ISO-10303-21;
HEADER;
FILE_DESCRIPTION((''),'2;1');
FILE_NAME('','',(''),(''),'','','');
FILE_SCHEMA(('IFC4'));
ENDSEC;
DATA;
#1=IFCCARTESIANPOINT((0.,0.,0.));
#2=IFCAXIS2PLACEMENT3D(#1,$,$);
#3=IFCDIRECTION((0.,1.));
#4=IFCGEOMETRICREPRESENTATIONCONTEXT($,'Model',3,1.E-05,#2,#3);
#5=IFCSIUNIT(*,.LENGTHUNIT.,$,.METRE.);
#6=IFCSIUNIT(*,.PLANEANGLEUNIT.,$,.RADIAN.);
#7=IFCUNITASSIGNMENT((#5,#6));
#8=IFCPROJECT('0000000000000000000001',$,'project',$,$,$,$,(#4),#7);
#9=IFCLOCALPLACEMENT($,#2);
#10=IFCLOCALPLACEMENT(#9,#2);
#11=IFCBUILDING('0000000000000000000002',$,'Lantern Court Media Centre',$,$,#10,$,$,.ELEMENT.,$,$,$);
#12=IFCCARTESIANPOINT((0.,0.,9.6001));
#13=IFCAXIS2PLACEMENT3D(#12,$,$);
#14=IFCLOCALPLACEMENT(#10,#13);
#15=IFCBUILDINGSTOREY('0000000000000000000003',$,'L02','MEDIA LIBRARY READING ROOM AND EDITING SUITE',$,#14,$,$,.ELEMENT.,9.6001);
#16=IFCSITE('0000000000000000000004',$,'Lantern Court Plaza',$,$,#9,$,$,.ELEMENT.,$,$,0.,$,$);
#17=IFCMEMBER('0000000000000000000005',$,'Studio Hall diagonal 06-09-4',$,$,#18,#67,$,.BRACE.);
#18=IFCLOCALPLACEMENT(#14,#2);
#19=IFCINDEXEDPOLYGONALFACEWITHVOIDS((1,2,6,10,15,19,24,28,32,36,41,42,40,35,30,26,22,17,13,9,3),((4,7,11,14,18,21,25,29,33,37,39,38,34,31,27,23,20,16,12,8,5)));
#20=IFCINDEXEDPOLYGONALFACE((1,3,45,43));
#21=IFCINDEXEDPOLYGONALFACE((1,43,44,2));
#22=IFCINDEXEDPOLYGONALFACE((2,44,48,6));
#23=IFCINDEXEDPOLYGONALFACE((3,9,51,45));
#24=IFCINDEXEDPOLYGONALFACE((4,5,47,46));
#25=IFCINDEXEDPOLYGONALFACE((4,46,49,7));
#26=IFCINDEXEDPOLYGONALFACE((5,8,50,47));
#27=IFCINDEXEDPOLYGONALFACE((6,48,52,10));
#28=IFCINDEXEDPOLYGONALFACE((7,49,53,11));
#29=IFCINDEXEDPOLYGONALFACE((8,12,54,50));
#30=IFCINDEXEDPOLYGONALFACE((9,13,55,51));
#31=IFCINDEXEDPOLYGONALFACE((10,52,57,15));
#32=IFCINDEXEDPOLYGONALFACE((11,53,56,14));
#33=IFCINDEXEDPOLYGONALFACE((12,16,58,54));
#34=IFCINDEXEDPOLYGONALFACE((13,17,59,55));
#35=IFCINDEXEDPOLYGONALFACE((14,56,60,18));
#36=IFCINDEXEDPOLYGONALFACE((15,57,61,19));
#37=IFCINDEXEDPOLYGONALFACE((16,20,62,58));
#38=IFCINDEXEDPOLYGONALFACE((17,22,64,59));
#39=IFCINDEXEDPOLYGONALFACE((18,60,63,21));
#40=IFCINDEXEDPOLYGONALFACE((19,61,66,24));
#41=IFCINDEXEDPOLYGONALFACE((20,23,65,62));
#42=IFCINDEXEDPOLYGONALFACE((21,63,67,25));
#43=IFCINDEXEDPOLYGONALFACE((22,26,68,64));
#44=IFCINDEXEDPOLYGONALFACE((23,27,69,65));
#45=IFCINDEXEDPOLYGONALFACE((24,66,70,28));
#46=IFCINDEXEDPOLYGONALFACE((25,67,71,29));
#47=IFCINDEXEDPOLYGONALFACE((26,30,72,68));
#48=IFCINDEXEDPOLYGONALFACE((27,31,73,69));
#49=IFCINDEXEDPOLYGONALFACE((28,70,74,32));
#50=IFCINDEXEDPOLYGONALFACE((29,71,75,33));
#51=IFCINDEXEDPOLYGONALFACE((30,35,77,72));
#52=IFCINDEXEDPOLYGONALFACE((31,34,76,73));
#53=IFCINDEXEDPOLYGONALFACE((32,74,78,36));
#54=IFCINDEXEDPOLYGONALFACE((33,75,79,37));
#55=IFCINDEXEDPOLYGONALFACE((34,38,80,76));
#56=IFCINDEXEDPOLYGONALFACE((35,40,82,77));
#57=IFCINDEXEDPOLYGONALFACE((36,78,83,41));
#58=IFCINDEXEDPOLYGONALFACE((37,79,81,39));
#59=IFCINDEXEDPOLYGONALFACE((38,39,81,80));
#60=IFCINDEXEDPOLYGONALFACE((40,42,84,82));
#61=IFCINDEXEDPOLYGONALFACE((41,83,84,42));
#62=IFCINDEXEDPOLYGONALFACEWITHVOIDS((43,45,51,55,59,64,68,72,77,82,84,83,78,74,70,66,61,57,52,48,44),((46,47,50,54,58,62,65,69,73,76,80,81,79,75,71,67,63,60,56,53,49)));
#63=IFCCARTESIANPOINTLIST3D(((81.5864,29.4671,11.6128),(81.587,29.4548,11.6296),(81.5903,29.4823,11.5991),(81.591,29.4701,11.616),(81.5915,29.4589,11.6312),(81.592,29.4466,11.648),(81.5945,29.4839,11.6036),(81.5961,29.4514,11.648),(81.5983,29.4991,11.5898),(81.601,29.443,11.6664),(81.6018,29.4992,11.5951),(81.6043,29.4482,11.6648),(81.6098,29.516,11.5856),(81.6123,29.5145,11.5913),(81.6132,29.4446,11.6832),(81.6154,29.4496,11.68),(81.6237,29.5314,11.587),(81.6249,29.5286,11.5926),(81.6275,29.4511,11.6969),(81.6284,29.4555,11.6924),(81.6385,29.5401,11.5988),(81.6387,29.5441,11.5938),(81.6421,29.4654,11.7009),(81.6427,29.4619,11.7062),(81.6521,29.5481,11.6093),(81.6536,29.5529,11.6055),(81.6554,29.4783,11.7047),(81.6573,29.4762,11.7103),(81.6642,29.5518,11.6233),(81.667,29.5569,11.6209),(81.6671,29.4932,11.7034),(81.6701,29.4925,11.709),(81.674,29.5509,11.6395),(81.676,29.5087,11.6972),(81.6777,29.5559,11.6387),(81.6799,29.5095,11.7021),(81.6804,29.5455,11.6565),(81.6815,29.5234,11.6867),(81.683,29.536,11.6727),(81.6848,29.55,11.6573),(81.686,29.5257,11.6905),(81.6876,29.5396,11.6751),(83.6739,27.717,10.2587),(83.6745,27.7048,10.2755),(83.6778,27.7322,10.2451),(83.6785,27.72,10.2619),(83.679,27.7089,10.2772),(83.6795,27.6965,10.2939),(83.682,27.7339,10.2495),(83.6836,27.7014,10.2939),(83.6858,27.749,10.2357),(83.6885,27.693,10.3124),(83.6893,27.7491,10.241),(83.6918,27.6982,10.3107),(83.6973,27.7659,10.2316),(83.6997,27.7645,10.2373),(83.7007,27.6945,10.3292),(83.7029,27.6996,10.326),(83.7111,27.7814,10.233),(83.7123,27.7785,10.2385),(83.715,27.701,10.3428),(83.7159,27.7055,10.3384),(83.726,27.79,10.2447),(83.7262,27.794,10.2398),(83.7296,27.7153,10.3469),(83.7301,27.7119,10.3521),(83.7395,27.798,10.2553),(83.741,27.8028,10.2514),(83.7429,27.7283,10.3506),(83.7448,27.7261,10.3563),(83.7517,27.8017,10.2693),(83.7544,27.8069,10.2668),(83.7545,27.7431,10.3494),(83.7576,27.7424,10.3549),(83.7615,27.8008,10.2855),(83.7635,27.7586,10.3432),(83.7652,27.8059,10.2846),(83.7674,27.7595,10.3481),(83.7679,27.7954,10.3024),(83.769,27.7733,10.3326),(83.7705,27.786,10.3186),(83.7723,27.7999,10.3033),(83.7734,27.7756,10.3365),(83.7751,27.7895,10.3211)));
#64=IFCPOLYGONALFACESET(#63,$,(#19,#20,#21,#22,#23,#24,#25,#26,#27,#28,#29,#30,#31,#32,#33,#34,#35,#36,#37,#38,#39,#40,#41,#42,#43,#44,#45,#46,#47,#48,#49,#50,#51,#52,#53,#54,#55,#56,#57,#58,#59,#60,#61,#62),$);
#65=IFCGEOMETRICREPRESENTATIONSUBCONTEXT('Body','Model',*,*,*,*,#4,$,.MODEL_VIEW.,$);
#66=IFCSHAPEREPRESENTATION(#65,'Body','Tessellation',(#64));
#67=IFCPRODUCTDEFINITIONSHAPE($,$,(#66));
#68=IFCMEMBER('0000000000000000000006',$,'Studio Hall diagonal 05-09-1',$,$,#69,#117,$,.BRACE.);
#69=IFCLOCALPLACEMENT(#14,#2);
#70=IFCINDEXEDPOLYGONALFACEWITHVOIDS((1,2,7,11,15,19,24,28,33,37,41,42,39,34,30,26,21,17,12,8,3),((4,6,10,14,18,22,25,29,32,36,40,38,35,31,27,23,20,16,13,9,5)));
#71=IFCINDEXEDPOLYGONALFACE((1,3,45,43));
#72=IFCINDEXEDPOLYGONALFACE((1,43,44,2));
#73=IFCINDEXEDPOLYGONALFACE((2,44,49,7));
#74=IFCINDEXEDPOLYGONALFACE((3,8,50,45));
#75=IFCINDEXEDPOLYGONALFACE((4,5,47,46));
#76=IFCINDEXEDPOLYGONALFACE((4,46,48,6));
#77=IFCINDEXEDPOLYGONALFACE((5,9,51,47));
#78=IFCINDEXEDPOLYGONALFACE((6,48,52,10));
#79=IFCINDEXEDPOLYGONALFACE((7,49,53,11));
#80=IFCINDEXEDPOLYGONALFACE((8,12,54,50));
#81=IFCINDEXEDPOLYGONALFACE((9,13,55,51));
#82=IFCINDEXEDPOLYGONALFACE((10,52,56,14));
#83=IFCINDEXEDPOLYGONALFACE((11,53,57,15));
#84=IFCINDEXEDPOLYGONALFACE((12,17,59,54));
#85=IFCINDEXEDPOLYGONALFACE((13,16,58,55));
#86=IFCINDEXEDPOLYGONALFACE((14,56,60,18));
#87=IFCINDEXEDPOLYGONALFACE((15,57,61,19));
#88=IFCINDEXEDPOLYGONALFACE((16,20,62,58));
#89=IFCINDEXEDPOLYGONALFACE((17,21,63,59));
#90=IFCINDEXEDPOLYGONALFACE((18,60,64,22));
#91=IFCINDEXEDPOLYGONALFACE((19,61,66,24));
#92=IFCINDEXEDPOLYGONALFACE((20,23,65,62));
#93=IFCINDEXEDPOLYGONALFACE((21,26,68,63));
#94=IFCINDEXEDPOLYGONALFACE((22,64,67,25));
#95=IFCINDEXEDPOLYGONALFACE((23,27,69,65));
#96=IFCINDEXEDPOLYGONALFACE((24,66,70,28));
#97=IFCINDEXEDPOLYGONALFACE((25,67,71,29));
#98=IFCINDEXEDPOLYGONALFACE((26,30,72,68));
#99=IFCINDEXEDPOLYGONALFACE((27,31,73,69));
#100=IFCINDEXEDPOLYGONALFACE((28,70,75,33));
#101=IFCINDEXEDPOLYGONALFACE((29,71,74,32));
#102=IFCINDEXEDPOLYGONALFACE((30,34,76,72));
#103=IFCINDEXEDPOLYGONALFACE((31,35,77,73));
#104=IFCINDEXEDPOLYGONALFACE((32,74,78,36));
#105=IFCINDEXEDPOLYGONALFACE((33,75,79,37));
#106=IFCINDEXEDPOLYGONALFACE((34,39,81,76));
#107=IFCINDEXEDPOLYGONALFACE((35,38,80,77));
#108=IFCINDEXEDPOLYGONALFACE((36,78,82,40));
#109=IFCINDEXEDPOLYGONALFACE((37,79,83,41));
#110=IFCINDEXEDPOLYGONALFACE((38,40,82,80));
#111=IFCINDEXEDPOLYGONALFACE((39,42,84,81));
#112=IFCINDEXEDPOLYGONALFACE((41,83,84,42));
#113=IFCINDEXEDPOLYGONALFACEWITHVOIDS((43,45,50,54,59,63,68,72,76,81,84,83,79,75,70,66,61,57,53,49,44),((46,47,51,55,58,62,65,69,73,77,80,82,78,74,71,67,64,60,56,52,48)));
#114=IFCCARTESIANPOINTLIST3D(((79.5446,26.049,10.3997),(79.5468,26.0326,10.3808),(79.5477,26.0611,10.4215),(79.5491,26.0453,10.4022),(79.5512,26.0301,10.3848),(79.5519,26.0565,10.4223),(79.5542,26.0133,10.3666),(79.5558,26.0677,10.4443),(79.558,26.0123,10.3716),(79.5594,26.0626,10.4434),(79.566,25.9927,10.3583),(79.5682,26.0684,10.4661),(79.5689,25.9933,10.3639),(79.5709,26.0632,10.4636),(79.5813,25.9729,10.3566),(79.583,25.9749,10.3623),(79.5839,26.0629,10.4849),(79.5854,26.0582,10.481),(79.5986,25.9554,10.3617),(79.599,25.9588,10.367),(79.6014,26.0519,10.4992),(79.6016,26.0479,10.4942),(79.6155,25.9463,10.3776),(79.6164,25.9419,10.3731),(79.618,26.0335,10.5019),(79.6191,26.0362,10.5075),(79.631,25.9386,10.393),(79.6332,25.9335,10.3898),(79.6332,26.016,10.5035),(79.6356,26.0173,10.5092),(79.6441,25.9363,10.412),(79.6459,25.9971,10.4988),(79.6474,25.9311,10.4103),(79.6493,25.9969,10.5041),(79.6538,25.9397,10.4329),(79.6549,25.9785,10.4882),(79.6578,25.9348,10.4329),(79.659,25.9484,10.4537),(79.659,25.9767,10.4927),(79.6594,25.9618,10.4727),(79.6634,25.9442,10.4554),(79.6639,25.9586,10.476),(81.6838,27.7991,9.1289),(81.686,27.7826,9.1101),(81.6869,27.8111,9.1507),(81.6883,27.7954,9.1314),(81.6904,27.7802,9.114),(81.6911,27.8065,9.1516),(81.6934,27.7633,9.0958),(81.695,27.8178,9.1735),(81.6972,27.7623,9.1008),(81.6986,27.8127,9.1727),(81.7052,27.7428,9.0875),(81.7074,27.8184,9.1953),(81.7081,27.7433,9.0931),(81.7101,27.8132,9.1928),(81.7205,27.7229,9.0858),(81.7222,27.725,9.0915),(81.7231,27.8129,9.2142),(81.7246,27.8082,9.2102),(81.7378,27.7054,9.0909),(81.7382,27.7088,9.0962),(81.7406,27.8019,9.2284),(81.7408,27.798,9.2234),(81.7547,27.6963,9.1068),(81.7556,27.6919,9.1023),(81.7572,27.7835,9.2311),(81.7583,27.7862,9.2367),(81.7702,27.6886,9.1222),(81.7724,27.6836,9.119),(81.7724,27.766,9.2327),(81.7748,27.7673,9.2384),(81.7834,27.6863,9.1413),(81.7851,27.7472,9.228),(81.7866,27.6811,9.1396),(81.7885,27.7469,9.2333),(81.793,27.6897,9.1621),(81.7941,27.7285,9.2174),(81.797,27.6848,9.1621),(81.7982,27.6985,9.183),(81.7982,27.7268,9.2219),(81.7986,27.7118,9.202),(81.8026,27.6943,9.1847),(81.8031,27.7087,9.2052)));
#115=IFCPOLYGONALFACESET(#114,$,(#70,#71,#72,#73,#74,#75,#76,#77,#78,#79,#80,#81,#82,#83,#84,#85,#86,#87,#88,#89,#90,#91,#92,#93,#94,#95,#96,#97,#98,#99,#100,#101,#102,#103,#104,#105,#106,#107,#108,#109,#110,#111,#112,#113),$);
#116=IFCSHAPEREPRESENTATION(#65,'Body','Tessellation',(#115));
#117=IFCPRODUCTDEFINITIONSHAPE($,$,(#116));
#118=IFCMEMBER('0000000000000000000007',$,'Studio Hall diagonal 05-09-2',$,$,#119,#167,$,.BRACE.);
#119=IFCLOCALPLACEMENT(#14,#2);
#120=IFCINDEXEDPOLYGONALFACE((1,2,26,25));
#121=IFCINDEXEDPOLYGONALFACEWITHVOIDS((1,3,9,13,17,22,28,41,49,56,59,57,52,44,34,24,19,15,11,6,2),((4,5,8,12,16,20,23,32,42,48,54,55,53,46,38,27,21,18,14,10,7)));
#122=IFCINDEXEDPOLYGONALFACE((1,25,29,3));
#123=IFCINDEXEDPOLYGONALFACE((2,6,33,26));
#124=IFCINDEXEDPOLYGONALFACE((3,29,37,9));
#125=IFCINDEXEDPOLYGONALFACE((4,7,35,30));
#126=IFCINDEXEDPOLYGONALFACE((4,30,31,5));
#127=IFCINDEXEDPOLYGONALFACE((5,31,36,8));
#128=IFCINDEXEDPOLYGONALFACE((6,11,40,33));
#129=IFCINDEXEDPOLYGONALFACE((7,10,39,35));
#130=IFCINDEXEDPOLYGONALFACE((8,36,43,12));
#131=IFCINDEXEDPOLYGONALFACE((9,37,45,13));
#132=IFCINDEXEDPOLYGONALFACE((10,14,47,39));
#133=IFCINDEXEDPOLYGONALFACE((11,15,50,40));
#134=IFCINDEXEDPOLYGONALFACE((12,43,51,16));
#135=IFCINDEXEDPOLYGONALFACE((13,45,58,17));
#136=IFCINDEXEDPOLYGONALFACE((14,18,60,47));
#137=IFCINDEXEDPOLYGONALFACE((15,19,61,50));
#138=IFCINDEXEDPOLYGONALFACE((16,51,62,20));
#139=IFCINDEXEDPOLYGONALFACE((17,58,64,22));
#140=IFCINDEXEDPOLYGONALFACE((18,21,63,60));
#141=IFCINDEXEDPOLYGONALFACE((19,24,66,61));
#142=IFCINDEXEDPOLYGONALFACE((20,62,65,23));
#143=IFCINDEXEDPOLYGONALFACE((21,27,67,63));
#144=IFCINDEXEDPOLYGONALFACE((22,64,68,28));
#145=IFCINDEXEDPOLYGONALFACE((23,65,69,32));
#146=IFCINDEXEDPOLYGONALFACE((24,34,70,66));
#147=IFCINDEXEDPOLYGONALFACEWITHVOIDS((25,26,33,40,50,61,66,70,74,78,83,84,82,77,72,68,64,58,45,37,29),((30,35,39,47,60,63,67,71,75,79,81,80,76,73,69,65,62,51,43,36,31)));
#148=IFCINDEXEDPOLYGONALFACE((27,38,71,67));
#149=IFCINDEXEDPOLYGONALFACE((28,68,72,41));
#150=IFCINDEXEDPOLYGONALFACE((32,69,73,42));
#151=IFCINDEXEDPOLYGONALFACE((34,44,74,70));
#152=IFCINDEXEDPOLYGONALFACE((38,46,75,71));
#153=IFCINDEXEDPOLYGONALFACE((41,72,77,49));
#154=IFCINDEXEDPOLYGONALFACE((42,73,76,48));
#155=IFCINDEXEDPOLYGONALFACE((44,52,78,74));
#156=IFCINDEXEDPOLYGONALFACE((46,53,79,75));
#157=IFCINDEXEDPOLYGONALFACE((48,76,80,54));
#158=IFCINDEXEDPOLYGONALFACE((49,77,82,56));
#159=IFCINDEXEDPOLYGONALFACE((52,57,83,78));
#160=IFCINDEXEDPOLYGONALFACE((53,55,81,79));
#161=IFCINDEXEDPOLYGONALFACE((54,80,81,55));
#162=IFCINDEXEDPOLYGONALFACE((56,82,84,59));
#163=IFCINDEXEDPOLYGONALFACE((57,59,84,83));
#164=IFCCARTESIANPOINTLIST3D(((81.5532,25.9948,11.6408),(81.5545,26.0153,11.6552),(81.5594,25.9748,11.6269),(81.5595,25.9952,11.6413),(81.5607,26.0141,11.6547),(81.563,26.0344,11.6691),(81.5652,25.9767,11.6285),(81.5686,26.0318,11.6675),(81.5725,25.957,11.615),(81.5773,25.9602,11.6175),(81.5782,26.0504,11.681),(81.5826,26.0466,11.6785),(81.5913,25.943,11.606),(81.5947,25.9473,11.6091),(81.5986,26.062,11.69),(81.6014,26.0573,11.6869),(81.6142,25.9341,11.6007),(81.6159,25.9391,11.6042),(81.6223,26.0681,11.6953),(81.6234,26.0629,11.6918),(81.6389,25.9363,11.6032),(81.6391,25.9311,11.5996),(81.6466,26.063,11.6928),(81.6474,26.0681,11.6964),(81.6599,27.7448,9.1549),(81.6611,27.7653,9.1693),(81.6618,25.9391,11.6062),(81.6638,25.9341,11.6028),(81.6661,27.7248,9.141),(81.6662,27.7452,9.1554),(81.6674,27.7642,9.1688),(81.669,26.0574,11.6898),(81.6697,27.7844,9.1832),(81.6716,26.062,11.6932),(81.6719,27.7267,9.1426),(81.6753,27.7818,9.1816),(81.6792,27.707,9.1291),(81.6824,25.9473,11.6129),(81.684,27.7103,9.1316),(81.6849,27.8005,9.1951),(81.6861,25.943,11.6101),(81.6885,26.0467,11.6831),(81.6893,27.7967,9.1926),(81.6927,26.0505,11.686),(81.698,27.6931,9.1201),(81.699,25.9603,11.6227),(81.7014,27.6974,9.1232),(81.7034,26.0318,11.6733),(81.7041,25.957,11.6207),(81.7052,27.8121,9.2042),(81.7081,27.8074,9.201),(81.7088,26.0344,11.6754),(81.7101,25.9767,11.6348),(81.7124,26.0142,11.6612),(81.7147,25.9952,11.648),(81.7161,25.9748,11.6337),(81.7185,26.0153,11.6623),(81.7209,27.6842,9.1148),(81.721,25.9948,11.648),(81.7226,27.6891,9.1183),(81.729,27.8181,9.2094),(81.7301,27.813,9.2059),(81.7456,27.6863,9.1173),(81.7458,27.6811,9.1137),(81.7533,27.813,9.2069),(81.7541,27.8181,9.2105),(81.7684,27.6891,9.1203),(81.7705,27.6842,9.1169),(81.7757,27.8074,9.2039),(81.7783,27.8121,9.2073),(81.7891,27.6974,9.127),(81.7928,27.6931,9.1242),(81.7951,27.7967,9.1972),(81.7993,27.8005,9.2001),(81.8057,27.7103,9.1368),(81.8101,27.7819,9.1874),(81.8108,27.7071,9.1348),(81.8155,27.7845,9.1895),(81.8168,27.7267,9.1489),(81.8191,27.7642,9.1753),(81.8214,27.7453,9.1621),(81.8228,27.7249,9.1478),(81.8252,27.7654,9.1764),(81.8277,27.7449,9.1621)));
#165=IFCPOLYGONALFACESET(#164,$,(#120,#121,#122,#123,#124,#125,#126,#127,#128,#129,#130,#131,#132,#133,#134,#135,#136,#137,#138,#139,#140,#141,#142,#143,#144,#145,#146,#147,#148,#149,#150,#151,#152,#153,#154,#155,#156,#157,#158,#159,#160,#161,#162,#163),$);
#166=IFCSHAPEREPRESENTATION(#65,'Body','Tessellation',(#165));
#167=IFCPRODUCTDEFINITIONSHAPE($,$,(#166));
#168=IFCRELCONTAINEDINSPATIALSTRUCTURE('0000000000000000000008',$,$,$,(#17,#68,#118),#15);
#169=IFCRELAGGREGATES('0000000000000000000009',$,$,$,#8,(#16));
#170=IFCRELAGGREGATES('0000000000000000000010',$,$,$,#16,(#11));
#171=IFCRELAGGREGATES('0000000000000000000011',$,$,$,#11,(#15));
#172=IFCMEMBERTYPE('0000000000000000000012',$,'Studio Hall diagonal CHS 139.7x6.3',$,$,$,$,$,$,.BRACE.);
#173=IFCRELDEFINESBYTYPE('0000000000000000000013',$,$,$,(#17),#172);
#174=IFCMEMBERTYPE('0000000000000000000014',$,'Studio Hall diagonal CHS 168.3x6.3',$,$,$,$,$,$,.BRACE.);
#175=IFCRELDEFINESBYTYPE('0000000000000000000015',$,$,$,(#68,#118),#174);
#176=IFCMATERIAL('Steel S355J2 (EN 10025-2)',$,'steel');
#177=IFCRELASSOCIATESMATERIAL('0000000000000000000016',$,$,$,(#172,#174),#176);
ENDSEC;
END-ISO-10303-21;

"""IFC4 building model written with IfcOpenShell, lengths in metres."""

from ifc_helpers import new_model, si_unit, direction, frame, origin, origin_2d, place, context, subcontext, project, spatial, hollow_circle, extrude, material, material_profile, profile_set, type_object, element, save


model = new_model("IFC4")

# Units and contexts
model_context = context("Model", 3, precision=1e-05, world=origin(), true_north=direction((0.0, 1.0)))
body_context = subcontext(model_context, "Body", "Model", "MODEL_VIEW")
ifc_project = project(units=[si_unit("LENGTHUNIT", "METRE"), si_unit("PLANEANGLEUNIT", "RADIAN")], contexts=[model_context])

# Site, building, storey
site_placement = place(None, origin())
site = spatial("IfcSite", under=ifc_project, at=site_placement, Name="Lantern Court Plaza", CompositionType="ELEMENT", RefElevation=0.0)
building_placement = place(site_placement, origin())
building = spatial("IfcBuilding", under=site, at=building_placement, Name="Lantern Court Media Centre", CompositionType="ELEMENT")
storey_placement = place(building_placement, frame((0.0, 0.0, 9.6001)))
storey = spatial("IfcBuildingStorey", under=building, at=storey_placement, Name="L02", Description="MEDIA LIBRARY READING ROOM AND EDITING SUITE", CompositionType="ELEMENT", Elevation=9.6001)

# Members
ifc_material = material(Name="Steel S355J2 (EN 10025-2)", Category="steel")
ifc_material_profile_1 = material_profile(ifc_material, hollow_circle(Radius=0.0698, WallThickness=0.0063, at=origin_2d()), Name="Studio Hall diagonal CHS 139.7x6.3")
ifc_profile_set_1 = profile_set([ifc_material_profile_1], Name="Steel S355J2 (EN 10025-2)")
member_type_1 = type_object("IfcMemberType", Name="Studio Hall diagonal CHS 139.7x6.3", PredefinedType="BRACE", material=ifc_profile_set_1)
for number, where, z_axis, x_axis, name in (
    (1, (83.7244, 27.75, 10.2939), (-0.68622, 0.575301, 0.44512), (-0.642456, -0.766322, 0.0), "Studio Hall diagonal 06-09-4"),
):
    element("IfcMember", number, at=place(storey_placement, frame(where, z_axis=z_axis, x_axis=x_axis)), inside=storey, type_object=member_type_1, Name=name, PredefinedType="BRACE", context=body_context, shape_type="SweptSolid", body=[
        extrude(hollow_circle(Radius=0.0698, WallThickness=0.0063, at=origin_2d()), origin(), (0.0, 0.0, 1.0), 3.042),
    ])
ifc_material_profile_2 = material_profile(ifc_material, hollow_circle(Radius=0.0842, WallThickness=0.0063, at=origin_2d()), Name="Studio Hall diagonal CHS 168.3x6.3")
ifc_profile_set_2 = profile_set([ifc_material_profile_2], Name="Steel S355J2 (EN 10025-2)")
member_type_2 = type_object("IfcMemberType", Name="Studio Hall diagonal CHS 168.3x6.3", PredefinedType="BRACE", material=ifc_profile_set_2)
for number, where, z_axis, x_axis, name in (
    (2, (81.7437, 27.75, 9.1621), (-0.703225, -0.575293, 0.417746), (0.63319, -0.773997, 0.0), "Studio Hall diagonal 05-09-1"),
    (3, (81.7437, 27.75, 9.1621), (-0.035073, -0.575294, 0.817194), (0.998147, -0.060852, 0.0), "Studio Hall diagonal 05-09-2"),
):
    element("IfcMember", number, at=place(storey_placement, frame(where, z_axis=z_axis, x_axis=x_axis)), inside=storey, type_object=member_type_2, Name=name, PredefinedType="BRACE", context=body_context, shape_type="SweptSolid", body=[
        extrude(hollow_circle(Radius=0.0842, WallThickness=0.0063, at=origin_2d()), origin(), (0.0, 0.0, 1.0), 3.042),
    ])

save(model, "model.ifc")
